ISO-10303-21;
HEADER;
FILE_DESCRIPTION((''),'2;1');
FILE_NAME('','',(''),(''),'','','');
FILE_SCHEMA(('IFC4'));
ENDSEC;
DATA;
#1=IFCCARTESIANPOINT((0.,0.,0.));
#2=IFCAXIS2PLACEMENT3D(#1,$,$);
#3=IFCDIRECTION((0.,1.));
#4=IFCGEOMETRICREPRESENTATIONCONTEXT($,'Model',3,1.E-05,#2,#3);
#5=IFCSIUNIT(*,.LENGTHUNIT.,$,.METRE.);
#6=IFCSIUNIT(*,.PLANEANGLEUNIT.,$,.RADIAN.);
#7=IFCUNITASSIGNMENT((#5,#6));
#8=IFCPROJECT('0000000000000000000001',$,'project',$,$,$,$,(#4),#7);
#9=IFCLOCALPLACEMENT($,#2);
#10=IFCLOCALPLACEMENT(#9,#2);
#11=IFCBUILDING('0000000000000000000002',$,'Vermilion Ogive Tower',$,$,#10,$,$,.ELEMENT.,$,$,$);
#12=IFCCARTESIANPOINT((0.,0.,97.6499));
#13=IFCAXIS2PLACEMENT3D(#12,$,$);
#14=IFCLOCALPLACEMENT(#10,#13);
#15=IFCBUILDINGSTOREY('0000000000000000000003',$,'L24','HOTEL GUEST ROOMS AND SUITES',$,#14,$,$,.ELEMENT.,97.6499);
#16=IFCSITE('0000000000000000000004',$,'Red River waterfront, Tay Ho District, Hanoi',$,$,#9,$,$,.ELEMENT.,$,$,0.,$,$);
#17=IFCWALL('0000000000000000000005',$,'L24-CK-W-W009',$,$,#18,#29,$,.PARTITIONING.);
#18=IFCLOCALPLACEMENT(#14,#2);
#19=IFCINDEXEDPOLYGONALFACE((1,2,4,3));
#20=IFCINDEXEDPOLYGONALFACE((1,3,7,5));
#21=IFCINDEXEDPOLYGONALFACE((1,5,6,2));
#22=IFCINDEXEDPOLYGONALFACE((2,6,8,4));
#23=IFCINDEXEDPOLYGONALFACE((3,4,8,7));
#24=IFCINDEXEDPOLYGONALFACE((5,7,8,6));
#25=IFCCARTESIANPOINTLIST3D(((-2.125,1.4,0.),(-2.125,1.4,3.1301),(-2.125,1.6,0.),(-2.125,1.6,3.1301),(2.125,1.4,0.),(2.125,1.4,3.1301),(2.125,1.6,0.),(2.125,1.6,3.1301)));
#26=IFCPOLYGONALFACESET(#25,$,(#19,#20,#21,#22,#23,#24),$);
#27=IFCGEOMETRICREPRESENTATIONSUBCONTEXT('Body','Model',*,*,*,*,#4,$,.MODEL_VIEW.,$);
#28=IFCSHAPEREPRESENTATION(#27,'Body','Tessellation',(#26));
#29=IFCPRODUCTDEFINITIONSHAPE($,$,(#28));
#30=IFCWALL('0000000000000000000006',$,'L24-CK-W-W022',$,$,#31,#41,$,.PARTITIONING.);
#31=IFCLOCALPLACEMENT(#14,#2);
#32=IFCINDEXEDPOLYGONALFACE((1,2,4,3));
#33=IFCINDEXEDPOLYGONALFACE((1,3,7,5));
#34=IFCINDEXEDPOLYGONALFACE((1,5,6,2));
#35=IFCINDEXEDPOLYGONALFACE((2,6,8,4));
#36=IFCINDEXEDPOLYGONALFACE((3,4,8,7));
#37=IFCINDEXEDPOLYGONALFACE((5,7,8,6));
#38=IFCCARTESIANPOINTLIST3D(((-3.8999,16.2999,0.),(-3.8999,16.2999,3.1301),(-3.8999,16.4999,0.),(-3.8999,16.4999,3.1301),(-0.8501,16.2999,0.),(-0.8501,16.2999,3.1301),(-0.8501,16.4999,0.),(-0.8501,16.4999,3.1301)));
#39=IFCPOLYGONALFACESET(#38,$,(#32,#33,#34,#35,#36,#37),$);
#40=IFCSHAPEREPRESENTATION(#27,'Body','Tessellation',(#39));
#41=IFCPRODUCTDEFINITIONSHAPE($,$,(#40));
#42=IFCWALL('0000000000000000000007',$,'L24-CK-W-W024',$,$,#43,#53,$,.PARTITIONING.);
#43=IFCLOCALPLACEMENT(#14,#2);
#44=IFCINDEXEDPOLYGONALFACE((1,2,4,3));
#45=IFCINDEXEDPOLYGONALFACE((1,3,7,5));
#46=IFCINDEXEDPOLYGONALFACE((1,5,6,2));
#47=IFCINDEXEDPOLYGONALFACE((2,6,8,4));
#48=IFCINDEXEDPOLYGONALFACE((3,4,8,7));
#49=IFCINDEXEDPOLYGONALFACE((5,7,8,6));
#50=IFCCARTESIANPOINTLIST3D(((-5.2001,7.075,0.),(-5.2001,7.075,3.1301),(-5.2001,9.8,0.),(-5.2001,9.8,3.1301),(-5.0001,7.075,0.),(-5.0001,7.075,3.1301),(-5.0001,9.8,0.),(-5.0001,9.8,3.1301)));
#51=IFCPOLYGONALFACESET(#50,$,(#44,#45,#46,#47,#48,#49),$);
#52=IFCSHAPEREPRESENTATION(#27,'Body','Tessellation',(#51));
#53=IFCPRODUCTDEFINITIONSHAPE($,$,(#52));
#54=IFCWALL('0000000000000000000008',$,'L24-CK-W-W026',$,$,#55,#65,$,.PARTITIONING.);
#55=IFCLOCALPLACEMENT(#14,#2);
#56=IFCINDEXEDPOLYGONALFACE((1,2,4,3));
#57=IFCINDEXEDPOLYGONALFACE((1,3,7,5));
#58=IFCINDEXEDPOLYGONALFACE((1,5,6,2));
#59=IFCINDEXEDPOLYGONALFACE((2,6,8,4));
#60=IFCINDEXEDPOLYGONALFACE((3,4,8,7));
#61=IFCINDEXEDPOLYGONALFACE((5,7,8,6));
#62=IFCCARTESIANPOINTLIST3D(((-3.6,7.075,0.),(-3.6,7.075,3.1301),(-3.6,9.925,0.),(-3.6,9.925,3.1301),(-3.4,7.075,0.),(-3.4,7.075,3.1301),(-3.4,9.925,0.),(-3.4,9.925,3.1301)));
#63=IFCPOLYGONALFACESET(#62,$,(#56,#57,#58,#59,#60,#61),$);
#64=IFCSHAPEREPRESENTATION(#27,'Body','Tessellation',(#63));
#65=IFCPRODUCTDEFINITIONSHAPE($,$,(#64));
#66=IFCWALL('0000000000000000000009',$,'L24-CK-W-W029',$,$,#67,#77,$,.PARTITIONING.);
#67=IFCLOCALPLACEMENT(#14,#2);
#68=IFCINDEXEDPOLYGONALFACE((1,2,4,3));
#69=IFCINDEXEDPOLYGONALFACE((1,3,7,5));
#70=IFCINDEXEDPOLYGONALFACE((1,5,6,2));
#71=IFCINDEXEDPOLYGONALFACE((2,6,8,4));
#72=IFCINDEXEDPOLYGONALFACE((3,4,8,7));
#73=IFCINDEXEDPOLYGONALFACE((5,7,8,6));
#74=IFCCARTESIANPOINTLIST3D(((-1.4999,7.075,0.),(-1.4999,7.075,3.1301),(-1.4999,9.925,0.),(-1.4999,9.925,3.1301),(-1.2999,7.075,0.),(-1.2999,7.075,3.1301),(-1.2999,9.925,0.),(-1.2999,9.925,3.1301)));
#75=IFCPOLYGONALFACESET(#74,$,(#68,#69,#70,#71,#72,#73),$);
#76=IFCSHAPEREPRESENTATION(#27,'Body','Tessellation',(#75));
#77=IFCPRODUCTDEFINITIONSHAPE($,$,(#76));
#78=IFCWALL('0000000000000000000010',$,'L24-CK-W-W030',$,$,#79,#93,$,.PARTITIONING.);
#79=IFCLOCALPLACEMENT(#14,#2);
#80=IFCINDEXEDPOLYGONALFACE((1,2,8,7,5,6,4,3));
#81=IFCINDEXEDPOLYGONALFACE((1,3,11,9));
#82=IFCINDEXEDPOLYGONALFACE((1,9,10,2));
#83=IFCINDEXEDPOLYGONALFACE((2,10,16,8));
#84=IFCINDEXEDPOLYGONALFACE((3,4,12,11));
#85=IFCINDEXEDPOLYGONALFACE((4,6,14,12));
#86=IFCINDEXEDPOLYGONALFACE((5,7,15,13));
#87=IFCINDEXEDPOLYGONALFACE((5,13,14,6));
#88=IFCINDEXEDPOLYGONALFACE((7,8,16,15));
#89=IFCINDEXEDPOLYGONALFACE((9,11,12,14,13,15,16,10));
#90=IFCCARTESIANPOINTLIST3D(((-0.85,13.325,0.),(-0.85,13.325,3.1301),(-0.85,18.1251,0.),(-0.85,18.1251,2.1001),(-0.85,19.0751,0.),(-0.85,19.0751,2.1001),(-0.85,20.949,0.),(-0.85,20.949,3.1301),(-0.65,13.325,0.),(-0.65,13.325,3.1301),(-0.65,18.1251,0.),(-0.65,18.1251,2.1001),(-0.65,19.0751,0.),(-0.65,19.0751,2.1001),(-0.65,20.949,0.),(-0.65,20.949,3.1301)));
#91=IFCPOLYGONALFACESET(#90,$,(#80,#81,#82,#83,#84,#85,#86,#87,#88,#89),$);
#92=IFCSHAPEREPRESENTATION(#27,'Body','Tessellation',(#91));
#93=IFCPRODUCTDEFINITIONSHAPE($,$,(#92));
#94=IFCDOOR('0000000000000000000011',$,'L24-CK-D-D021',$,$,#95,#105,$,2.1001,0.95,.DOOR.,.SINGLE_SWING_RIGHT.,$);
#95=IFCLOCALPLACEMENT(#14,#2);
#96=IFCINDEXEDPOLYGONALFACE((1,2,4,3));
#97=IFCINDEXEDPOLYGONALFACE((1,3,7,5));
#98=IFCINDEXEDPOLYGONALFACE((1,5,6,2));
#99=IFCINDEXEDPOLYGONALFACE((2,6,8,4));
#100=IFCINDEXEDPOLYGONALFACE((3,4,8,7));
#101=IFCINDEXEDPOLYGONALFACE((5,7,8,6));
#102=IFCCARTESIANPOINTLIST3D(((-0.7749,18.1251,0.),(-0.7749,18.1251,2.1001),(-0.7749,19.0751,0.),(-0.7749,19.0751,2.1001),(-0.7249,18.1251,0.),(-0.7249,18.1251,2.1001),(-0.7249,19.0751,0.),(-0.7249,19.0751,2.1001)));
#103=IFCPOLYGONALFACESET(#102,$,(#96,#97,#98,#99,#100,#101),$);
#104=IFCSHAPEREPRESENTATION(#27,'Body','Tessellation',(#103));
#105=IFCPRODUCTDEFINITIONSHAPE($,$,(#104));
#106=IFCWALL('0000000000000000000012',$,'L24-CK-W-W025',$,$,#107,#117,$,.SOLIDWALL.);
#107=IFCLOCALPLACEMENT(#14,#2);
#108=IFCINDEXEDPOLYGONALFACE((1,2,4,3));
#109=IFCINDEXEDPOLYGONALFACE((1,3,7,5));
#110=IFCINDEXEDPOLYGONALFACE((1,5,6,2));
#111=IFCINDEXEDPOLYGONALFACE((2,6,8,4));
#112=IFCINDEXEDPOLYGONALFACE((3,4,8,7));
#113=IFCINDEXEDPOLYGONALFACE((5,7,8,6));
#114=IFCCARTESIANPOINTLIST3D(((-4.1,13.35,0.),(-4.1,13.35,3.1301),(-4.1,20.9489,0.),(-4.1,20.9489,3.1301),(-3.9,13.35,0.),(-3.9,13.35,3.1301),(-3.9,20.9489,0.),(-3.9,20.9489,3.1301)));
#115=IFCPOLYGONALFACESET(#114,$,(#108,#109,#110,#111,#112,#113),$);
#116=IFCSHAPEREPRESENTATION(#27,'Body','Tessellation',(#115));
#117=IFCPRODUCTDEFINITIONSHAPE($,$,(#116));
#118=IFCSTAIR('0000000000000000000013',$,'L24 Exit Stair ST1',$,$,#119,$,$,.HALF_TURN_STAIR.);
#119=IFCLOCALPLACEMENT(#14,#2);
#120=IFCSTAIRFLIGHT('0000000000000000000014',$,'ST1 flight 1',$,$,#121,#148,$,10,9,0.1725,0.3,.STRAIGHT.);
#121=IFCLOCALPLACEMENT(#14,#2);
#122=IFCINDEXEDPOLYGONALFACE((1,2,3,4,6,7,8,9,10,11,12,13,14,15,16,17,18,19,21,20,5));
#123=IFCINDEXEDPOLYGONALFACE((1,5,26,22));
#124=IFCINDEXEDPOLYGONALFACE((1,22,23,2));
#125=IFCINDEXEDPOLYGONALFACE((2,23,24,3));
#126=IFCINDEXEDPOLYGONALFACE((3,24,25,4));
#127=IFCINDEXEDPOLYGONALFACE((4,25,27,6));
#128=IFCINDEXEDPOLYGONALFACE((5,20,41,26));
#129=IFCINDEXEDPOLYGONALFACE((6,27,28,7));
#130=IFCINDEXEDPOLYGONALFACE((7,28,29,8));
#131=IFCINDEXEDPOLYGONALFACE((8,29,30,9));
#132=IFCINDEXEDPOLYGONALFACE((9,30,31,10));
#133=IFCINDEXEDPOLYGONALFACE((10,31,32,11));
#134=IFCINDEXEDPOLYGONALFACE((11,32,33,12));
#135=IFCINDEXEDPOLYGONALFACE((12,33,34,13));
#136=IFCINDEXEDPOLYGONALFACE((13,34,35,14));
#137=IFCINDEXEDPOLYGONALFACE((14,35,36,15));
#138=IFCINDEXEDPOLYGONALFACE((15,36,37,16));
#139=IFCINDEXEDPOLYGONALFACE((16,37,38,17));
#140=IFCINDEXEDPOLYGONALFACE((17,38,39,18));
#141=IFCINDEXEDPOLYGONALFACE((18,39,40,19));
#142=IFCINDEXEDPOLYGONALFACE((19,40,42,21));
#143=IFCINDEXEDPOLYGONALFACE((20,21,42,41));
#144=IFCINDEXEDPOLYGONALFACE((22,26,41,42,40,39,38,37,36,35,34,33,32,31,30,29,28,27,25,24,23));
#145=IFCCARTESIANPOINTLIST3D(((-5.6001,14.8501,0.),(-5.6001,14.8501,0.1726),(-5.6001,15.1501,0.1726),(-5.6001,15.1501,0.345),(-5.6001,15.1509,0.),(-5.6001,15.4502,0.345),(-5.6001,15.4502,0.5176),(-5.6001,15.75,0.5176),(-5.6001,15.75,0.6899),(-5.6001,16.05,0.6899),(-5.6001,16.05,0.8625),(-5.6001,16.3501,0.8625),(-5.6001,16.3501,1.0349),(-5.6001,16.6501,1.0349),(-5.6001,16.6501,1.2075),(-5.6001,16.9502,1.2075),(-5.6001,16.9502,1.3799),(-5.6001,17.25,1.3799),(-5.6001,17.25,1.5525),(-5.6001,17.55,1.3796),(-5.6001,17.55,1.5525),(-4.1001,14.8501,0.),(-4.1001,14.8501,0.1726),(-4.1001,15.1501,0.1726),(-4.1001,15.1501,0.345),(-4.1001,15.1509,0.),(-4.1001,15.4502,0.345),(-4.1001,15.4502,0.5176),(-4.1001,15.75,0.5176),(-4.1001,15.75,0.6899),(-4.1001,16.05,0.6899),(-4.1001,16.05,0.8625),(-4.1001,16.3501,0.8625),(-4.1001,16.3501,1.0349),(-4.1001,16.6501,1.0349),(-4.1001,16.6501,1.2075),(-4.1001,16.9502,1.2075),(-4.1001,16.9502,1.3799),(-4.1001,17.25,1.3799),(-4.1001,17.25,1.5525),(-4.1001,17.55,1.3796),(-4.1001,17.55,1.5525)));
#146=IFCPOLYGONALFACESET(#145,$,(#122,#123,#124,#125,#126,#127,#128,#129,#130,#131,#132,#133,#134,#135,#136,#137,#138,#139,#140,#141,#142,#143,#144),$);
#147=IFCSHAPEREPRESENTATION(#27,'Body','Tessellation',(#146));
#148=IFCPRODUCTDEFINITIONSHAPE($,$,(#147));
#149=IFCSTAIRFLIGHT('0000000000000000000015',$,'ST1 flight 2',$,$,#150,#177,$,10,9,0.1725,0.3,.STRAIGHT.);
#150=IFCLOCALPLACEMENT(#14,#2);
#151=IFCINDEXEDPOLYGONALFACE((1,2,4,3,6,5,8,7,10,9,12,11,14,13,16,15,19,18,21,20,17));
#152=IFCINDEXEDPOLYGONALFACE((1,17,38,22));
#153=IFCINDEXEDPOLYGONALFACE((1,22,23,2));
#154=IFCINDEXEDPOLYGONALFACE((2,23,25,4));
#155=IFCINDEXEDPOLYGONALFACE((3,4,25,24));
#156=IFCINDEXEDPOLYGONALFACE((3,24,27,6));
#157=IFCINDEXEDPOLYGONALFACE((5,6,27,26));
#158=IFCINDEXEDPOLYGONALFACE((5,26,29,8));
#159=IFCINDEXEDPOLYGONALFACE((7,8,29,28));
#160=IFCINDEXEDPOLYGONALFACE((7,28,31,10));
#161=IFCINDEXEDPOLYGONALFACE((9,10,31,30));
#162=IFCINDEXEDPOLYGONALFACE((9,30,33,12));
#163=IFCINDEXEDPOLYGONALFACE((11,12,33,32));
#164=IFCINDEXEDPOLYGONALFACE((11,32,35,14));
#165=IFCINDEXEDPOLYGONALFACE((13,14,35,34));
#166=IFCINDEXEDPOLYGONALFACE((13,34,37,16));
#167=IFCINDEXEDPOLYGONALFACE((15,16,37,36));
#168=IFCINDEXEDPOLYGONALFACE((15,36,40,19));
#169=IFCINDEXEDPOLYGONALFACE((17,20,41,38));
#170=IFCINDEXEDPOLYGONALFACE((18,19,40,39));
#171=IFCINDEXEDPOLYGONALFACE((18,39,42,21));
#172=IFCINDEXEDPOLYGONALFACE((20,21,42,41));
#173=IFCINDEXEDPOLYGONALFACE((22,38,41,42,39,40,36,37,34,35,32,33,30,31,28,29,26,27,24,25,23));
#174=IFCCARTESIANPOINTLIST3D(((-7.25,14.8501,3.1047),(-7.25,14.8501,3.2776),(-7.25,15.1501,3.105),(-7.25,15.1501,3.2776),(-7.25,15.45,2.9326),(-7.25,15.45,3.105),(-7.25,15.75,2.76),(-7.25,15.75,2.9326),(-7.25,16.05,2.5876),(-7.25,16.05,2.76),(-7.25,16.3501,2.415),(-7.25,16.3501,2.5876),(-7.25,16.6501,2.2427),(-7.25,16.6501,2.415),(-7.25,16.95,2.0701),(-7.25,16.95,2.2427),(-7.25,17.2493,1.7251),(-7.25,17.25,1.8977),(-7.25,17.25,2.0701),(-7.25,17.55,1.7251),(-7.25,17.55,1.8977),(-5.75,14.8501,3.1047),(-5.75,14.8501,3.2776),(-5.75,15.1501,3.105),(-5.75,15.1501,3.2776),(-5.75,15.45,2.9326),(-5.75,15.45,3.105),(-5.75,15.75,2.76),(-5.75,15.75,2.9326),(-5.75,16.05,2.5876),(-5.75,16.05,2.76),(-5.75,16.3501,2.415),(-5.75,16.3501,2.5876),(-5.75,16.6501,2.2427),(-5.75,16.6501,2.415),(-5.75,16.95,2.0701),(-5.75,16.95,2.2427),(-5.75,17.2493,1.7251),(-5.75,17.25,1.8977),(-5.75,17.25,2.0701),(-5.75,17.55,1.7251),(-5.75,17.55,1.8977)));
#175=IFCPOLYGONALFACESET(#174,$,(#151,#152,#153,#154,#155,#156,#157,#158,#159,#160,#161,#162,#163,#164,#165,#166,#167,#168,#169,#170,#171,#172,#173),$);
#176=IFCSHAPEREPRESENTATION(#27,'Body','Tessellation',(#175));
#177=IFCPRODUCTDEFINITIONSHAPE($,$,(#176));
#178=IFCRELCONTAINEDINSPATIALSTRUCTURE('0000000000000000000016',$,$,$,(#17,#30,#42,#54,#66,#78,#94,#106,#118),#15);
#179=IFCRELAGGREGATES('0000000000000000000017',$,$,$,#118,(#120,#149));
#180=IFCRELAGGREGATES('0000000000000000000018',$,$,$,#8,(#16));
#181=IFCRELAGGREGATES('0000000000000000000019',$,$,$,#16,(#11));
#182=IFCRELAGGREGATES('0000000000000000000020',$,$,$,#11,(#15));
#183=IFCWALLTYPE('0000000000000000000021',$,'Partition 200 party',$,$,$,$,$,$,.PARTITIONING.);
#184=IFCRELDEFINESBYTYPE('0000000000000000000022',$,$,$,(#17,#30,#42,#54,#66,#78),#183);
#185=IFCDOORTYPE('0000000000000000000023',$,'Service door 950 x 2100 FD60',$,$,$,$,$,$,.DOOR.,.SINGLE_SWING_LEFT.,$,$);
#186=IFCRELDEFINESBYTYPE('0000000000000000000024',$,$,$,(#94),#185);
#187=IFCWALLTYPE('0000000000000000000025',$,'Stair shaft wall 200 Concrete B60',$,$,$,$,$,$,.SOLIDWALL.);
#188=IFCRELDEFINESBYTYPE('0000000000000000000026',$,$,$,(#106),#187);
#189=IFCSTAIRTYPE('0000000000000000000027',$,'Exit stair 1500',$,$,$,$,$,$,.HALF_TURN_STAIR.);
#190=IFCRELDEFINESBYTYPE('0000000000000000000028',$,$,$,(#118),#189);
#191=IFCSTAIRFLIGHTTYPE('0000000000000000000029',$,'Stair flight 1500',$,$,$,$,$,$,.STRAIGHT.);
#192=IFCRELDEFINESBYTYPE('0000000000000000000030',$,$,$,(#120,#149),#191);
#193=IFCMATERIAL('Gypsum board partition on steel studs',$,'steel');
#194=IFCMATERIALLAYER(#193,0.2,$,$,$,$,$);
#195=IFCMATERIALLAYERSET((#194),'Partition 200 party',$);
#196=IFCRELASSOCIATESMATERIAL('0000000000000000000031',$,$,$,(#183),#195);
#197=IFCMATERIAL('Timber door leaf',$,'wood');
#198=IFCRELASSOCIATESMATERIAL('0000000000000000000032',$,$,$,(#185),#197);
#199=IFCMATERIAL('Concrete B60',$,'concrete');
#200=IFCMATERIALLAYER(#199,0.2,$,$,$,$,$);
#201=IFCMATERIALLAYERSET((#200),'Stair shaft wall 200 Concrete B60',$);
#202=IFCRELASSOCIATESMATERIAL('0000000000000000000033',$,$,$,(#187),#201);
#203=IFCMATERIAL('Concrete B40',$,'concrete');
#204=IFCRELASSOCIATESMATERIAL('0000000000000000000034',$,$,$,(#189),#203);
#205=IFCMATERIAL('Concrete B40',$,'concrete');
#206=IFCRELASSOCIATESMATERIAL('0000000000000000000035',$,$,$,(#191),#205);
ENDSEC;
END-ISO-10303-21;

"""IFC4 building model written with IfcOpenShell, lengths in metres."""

from ifc_helpers import new_model, si_unit, direction, frame, frame_2d, origin, place, context, subcontext, project, spatial, polyline, rectangle, outline, extrude, material, layer, layer_set, type_object, element, fill, aggregate, save


model = new_model("IFC4")

# Units and contexts
model_context = context("Model", 3, precision=1e-05, world=origin(), true_north=direction((0.0, 1.0)))
body_context = subcontext(model_context, "Body", "Model", "MODEL_VIEW")
ifc_project = project(units=[si_unit("LENGTHUNIT", "METRE"), si_unit("PLANEANGLEUNIT", "RADIAN")], contexts=[model_context])

# Site, building, storey
site_placement = place(None, origin())
site = spatial("IfcSite", under=ifc_project, at=site_placement, Name="Red River waterfront, Tay Ho District, Hanoi", CompositionType="ELEMENT", RefElevation=0.0)
building_placement = place(site_placement, origin())
building = spatial("IfcBuilding", under=site, at=building_placement, Name="Vermilion Ogive Tower", CompositionType="ELEMENT")
storey_placement = place(building_placement, frame((0.0, 0.0, 97.6499)))
storey = spatial("IfcBuildingStorey", under=building, at=storey_placement, Name="L24", Description="HOTEL GUEST ROOMS AND SUITES", CompositionType="ELEMENT", Elevation=97.6499)

# Walls
ifc_material_1 = material(Name="Gypsum board partition on steel studs", Category="steel")
ifc_layer_1 = layer(ifc_material_1, 0.2)
ifc_layer_set_1 = layer_set([ifc_layer_1], Name="Partition 200 party")
wall_type_1 = type_object("IfcWallType", Name="Partition 200 party", PredefinedType="PARTITIONING", material=ifc_layer_set_1)
wall_1_placement = place(storey_placement, frame((-2.125, 1.5, 0.0), z_axis=(0.0, 0.0, 1.0), x_axis=(1.0, 0.0, 0.0)))
element("IfcWall", 1, at=wall_1_placement, inside=storey, type_object=wall_type_1, Name="L24-CK-W-W009", PredefinedType="PARTITIONING", context=body_context, shape_type="SweptSolid", body=[
    extrude(rectangle(XDim=4.25, YDim=0.2, at=frame_2d((2.125, 0.0))), origin(), (0.0, 0.0, 1.0), 3.1301),
])
wall_2_placement = place(storey_placement, frame((-3.8999, 16.3999, 0.0), z_axis=(0.0, 0.0, 1.0), x_axis=(1.0, 0.0, 0.0)))
element("IfcWall", 2, at=wall_2_placement, inside=storey, type_object=wall_type_1, Name="L24-CK-W-W022", PredefinedType="PARTITIONING", context=body_context, shape_type="SweptSolid", body=[
    extrude(rectangle(XDim=3.0498, YDim=0.2, at=frame_2d((1.5249, 0.0))), origin(), (0.0, 0.0, 1.0), 3.1301),
])
wall_3_placement = place(storey_placement, frame((-5.1001, 7.075, 0.0), z_axis=(0.0, 0.0, 1.0), x_axis=(0.0, 1.0, 0.0)))
element("IfcWall", 3, at=wall_3_placement, inside=storey, type_object=wall_type_1, Name="L24-CK-W-W024", PredefinedType="PARTITIONING", context=body_context, shape_type="SweptSolid", body=[
    extrude(rectangle(XDim=2.7251, YDim=0.2, at=frame_2d((1.3625, 0.0))), origin(), (0.0, 0.0, 1.0), 3.1301),
])
for number, where, z_axis, x_axis, name in (
    (4, (-3.5, 7.075, 0.0), (0.0, 0.0, 1.0), (0.0, 1.0, 0.0), "L24-CK-W-W026"),
    (5, (-1.3999, 7.075, 0.0), (0.0, 0.0, 1.0), (0.0, 1.0, 0.0), "L24-CK-W-W029"),
):
    element("IfcWall", number, at=place(storey_placement, frame(where, z_axis=z_axis, x_axis=x_axis)), inside=storey, type_object=wall_type_1, Name=name, PredefinedType="PARTITIONING", context=body_context, shape_type="SweptSolid", body=[
        extrude(rectangle(XDim=2.8501, YDim=0.2, at=frame_2d((1.425, 0.0))), origin(), (0.0, 0.0, 1.0), 3.1301),
    ])

# Wall, opening, door
wall_4_placement = place(storey_placement, frame((-0.75, 13.325, 0.0), z_axis=(0.0, 0.0, 1.0), x_axis=(0.0, 1.0, 0.0)))
wall_4 = element("IfcWall", 6, at=wall_4_placement, inside=storey, type_object=wall_type_1, Name="L24-CK-W-W030", PredefinedType="PARTITIONING", context=body_context, shape_type="SweptSolid", body=[
    extrude(rectangle(XDim=7.624, YDim=0.2, at=frame_2d((3.812, 0.0))), origin(), (0.0, 0.0, 1.0), 3.1301),
])
opening_1_placement = place(wall_4_placement, frame((4.8, 0.0, 0.0)))
opening_1 = element("IfcOpeningElement", 7, at=opening_1_placement, cuts=wall_4, PredefinedType="OPENING", context=body_context, shape_type="SweptSolid", body=[
    extrude(rectangle(XDim=0.95, YDim=2.1001, at=frame_2d((0.4751, 1.05))), frame((0.0, 0.1099, 0.0), z_axis=(0.0, -1.0, 0.0), x_axis=(1.0, 0.0, 0.0)), (0.0, 0.0, 1.0), 0.22),
])
ifc_material_2 = material(Name="Timber door leaf", Category="wood")
door_type_1 = type_object("IfcDoorType", Name="Service door 950 x 2100 FD60", OperationType="SINGLE_SWING_LEFT", PredefinedType="DOOR", material=ifc_material_2)
door_1_placement = place(opening_1_placement, origin())
door_1 = element("IfcDoor", 8, at=door_1_placement, inside=storey, type_object=door_type_1, Name="L24-CK-D-D021", OperationType="SINGLE_SWING_RIGHT", OverallHeight=2.1001, OverallWidth=0.95, PredefinedType="DOOR", context=body_context, shape_type="SweptSolid", body=[
    extrude(rectangle(XDim=0.95, YDim=2.1001, at=frame_2d((0.4751, 1.05))), frame((0.0, 0.0249, 0.0), z_axis=(0.0, -1.0, 0.0), x_axis=(1.0, 0.0, 0.0)), (0.0, 0.0, 1.0), 0.05),
])
fill(opening_1, door_1)

# Wall
ifc_material_3 = material(Name="Concrete B60", Category="concrete")
ifc_layer_2 = layer(ifc_material_3, 0.2)
ifc_layer_set_2 = layer_set([ifc_layer_2], Name="Stair shaft wall 200 Concrete B60")
wall_type_2 = type_object("IfcWallType", Name="Stair shaft wall 200 Concrete B60", PredefinedType="SOLIDWALL", material=ifc_layer_set_2)
wall_5_placement = place(storey_placement, frame((-4.0, 13.3501, 0.0), z_axis=(0.0, 0.0, 1.0), x_axis=(0.0, 1.0, 0.0)))
element("IfcWall", 9, at=wall_5_placement, inside=storey, type_object=wall_type_2, Name="L24-CK-W-W025", PredefinedType="SOLIDWALL", context=body_context, shape_type="SweptSolid", body=[
    extrude(rectangle(XDim=7.5989, YDim=0.2, at=frame_2d((3.7993, 0.0))), origin(), (0.0, 0.0, 1.0), 3.1301),
])

# Stair, stair flights
ifc_material_4 = material(Name="Concrete B40", Category="concrete")
stair_type = type_object("IfcStairType", Name="Exit stair 1500", PredefinedType="HALF_TURN_STAIR", material=ifc_material_4)
stair_placement = place(storey_placement, origin())
stair = element("IfcStair", 10, at=stair_placement, inside=storey, type_object=stair_type, Name="L24 Exit Stair ST1", PredefinedType="HALF_TURN_STAIR")
ifc_material_5 = material(Name="Concrete B40", Category="concrete")
stair_flight_type = type_object("IfcStairFlightType", Name="Stair flight 1500", PredefinedType="STRAIGHT", material=ifc_material_5)
stair_flight_1_placement = place(storey_placement, frame((-4.8501, 14.8501, 0.0), z_axis=(0.0, 0.0, 1.0), x_axis=(0.0, 1.0, 0.0)))
stair_flight_1 = element("IfcStairFlight", 11, at=stair_flight_1_placement, type_object=stair_flight_type, Name="ST1 flight 1", NumberOfRisers=10, NumberOfTreads=9, PredefinedType="STRAIGHT", RiserHeight=0.1725, TreadLength=0.3, context=body_context, shape_type="SweptSolid", body=[
    extrude(outline(polyline([(0.0, 0.0), (0.0, 0.1726), (0.3, 0.1726), (0.3, 0.345), (0.6001, 0.345), (0.6001, 0.5176), (0.8999, 0.5176), (0.8999, 0.6899), (1.2, 0.6899), (1.2, 0.8625), (1.5, 0.8625), (1.5, 1.0349), (1.8, 1.0349), (1.8, 1.2075), (2.1001, 1.2075), (2.1001, 1.3799), (2.3999, 1.3799), (2.3999, 1.5525), (2.7, 1.5525), (2.7, 1.7251), (2.7, 1.3796), (0.3008, 0.0), (0.0, 0.0)])), frame((0.0, 0.75, 0.0), z_axis=(0.0, -1.0, 0.0), x_axis=(1.0, 0.0, 0.0)), (0.0, 0.0, 1.0), 1.5),
])
stair_flight_2_placement = place(storey_placement, frame((-6.5, 17.55, 1.7251), z_axis=(0.0, 0.0, 1.0), x_axis=(0.0, -1.0, 0.0)))
stair_flight_2 = element("IfcStairFlight", 12, at=stair_flight_2_placement, type_object=stair_flight_type, Name="ST1 flight 2", NumberOfRisers=10, NumberOfTreads=9, PredefinedType="STRAIGHT", RiserHeight=0.1725, TreadLength=0.3, context=body_context, shape_type="SweptSolid", body=[
    extrude(outline(polyline([(0.0, 0.0), (0.0, 0.1726), (0.3, 0.1726), (0.3, 0.345), (0.6001, 0.345), (0.6001, 0.5176), (0.8999, 0.5176), (0.8999, 0.6899), (1.2, 0.6899), (1.2, 0.8625), (1.5, 0.8625), (1.5, 1.0349), (1.8, 1.0349), (1.8, 1.2075), (2.1001, 1.2075), (2.1001, 1.3799), (2.3999, 1.3799), (2.3999, 1.5525), (2.7, 1.5525), (2.7, 1.7251), (2.7, 1.3796), (0.3008, 0.0), (0.0, 0.0)])), frame((0.0, 0.75, 0.0), z_axis=(0.0, -1.0, 0.0), x_axis=(1.0, 0.0, 0.0)), (0.0, 0.0, 1.0), 1.5),
])
aggregate(stair, [stair_flight_1, stair_flight_2])

save(model, "model.ifc")
